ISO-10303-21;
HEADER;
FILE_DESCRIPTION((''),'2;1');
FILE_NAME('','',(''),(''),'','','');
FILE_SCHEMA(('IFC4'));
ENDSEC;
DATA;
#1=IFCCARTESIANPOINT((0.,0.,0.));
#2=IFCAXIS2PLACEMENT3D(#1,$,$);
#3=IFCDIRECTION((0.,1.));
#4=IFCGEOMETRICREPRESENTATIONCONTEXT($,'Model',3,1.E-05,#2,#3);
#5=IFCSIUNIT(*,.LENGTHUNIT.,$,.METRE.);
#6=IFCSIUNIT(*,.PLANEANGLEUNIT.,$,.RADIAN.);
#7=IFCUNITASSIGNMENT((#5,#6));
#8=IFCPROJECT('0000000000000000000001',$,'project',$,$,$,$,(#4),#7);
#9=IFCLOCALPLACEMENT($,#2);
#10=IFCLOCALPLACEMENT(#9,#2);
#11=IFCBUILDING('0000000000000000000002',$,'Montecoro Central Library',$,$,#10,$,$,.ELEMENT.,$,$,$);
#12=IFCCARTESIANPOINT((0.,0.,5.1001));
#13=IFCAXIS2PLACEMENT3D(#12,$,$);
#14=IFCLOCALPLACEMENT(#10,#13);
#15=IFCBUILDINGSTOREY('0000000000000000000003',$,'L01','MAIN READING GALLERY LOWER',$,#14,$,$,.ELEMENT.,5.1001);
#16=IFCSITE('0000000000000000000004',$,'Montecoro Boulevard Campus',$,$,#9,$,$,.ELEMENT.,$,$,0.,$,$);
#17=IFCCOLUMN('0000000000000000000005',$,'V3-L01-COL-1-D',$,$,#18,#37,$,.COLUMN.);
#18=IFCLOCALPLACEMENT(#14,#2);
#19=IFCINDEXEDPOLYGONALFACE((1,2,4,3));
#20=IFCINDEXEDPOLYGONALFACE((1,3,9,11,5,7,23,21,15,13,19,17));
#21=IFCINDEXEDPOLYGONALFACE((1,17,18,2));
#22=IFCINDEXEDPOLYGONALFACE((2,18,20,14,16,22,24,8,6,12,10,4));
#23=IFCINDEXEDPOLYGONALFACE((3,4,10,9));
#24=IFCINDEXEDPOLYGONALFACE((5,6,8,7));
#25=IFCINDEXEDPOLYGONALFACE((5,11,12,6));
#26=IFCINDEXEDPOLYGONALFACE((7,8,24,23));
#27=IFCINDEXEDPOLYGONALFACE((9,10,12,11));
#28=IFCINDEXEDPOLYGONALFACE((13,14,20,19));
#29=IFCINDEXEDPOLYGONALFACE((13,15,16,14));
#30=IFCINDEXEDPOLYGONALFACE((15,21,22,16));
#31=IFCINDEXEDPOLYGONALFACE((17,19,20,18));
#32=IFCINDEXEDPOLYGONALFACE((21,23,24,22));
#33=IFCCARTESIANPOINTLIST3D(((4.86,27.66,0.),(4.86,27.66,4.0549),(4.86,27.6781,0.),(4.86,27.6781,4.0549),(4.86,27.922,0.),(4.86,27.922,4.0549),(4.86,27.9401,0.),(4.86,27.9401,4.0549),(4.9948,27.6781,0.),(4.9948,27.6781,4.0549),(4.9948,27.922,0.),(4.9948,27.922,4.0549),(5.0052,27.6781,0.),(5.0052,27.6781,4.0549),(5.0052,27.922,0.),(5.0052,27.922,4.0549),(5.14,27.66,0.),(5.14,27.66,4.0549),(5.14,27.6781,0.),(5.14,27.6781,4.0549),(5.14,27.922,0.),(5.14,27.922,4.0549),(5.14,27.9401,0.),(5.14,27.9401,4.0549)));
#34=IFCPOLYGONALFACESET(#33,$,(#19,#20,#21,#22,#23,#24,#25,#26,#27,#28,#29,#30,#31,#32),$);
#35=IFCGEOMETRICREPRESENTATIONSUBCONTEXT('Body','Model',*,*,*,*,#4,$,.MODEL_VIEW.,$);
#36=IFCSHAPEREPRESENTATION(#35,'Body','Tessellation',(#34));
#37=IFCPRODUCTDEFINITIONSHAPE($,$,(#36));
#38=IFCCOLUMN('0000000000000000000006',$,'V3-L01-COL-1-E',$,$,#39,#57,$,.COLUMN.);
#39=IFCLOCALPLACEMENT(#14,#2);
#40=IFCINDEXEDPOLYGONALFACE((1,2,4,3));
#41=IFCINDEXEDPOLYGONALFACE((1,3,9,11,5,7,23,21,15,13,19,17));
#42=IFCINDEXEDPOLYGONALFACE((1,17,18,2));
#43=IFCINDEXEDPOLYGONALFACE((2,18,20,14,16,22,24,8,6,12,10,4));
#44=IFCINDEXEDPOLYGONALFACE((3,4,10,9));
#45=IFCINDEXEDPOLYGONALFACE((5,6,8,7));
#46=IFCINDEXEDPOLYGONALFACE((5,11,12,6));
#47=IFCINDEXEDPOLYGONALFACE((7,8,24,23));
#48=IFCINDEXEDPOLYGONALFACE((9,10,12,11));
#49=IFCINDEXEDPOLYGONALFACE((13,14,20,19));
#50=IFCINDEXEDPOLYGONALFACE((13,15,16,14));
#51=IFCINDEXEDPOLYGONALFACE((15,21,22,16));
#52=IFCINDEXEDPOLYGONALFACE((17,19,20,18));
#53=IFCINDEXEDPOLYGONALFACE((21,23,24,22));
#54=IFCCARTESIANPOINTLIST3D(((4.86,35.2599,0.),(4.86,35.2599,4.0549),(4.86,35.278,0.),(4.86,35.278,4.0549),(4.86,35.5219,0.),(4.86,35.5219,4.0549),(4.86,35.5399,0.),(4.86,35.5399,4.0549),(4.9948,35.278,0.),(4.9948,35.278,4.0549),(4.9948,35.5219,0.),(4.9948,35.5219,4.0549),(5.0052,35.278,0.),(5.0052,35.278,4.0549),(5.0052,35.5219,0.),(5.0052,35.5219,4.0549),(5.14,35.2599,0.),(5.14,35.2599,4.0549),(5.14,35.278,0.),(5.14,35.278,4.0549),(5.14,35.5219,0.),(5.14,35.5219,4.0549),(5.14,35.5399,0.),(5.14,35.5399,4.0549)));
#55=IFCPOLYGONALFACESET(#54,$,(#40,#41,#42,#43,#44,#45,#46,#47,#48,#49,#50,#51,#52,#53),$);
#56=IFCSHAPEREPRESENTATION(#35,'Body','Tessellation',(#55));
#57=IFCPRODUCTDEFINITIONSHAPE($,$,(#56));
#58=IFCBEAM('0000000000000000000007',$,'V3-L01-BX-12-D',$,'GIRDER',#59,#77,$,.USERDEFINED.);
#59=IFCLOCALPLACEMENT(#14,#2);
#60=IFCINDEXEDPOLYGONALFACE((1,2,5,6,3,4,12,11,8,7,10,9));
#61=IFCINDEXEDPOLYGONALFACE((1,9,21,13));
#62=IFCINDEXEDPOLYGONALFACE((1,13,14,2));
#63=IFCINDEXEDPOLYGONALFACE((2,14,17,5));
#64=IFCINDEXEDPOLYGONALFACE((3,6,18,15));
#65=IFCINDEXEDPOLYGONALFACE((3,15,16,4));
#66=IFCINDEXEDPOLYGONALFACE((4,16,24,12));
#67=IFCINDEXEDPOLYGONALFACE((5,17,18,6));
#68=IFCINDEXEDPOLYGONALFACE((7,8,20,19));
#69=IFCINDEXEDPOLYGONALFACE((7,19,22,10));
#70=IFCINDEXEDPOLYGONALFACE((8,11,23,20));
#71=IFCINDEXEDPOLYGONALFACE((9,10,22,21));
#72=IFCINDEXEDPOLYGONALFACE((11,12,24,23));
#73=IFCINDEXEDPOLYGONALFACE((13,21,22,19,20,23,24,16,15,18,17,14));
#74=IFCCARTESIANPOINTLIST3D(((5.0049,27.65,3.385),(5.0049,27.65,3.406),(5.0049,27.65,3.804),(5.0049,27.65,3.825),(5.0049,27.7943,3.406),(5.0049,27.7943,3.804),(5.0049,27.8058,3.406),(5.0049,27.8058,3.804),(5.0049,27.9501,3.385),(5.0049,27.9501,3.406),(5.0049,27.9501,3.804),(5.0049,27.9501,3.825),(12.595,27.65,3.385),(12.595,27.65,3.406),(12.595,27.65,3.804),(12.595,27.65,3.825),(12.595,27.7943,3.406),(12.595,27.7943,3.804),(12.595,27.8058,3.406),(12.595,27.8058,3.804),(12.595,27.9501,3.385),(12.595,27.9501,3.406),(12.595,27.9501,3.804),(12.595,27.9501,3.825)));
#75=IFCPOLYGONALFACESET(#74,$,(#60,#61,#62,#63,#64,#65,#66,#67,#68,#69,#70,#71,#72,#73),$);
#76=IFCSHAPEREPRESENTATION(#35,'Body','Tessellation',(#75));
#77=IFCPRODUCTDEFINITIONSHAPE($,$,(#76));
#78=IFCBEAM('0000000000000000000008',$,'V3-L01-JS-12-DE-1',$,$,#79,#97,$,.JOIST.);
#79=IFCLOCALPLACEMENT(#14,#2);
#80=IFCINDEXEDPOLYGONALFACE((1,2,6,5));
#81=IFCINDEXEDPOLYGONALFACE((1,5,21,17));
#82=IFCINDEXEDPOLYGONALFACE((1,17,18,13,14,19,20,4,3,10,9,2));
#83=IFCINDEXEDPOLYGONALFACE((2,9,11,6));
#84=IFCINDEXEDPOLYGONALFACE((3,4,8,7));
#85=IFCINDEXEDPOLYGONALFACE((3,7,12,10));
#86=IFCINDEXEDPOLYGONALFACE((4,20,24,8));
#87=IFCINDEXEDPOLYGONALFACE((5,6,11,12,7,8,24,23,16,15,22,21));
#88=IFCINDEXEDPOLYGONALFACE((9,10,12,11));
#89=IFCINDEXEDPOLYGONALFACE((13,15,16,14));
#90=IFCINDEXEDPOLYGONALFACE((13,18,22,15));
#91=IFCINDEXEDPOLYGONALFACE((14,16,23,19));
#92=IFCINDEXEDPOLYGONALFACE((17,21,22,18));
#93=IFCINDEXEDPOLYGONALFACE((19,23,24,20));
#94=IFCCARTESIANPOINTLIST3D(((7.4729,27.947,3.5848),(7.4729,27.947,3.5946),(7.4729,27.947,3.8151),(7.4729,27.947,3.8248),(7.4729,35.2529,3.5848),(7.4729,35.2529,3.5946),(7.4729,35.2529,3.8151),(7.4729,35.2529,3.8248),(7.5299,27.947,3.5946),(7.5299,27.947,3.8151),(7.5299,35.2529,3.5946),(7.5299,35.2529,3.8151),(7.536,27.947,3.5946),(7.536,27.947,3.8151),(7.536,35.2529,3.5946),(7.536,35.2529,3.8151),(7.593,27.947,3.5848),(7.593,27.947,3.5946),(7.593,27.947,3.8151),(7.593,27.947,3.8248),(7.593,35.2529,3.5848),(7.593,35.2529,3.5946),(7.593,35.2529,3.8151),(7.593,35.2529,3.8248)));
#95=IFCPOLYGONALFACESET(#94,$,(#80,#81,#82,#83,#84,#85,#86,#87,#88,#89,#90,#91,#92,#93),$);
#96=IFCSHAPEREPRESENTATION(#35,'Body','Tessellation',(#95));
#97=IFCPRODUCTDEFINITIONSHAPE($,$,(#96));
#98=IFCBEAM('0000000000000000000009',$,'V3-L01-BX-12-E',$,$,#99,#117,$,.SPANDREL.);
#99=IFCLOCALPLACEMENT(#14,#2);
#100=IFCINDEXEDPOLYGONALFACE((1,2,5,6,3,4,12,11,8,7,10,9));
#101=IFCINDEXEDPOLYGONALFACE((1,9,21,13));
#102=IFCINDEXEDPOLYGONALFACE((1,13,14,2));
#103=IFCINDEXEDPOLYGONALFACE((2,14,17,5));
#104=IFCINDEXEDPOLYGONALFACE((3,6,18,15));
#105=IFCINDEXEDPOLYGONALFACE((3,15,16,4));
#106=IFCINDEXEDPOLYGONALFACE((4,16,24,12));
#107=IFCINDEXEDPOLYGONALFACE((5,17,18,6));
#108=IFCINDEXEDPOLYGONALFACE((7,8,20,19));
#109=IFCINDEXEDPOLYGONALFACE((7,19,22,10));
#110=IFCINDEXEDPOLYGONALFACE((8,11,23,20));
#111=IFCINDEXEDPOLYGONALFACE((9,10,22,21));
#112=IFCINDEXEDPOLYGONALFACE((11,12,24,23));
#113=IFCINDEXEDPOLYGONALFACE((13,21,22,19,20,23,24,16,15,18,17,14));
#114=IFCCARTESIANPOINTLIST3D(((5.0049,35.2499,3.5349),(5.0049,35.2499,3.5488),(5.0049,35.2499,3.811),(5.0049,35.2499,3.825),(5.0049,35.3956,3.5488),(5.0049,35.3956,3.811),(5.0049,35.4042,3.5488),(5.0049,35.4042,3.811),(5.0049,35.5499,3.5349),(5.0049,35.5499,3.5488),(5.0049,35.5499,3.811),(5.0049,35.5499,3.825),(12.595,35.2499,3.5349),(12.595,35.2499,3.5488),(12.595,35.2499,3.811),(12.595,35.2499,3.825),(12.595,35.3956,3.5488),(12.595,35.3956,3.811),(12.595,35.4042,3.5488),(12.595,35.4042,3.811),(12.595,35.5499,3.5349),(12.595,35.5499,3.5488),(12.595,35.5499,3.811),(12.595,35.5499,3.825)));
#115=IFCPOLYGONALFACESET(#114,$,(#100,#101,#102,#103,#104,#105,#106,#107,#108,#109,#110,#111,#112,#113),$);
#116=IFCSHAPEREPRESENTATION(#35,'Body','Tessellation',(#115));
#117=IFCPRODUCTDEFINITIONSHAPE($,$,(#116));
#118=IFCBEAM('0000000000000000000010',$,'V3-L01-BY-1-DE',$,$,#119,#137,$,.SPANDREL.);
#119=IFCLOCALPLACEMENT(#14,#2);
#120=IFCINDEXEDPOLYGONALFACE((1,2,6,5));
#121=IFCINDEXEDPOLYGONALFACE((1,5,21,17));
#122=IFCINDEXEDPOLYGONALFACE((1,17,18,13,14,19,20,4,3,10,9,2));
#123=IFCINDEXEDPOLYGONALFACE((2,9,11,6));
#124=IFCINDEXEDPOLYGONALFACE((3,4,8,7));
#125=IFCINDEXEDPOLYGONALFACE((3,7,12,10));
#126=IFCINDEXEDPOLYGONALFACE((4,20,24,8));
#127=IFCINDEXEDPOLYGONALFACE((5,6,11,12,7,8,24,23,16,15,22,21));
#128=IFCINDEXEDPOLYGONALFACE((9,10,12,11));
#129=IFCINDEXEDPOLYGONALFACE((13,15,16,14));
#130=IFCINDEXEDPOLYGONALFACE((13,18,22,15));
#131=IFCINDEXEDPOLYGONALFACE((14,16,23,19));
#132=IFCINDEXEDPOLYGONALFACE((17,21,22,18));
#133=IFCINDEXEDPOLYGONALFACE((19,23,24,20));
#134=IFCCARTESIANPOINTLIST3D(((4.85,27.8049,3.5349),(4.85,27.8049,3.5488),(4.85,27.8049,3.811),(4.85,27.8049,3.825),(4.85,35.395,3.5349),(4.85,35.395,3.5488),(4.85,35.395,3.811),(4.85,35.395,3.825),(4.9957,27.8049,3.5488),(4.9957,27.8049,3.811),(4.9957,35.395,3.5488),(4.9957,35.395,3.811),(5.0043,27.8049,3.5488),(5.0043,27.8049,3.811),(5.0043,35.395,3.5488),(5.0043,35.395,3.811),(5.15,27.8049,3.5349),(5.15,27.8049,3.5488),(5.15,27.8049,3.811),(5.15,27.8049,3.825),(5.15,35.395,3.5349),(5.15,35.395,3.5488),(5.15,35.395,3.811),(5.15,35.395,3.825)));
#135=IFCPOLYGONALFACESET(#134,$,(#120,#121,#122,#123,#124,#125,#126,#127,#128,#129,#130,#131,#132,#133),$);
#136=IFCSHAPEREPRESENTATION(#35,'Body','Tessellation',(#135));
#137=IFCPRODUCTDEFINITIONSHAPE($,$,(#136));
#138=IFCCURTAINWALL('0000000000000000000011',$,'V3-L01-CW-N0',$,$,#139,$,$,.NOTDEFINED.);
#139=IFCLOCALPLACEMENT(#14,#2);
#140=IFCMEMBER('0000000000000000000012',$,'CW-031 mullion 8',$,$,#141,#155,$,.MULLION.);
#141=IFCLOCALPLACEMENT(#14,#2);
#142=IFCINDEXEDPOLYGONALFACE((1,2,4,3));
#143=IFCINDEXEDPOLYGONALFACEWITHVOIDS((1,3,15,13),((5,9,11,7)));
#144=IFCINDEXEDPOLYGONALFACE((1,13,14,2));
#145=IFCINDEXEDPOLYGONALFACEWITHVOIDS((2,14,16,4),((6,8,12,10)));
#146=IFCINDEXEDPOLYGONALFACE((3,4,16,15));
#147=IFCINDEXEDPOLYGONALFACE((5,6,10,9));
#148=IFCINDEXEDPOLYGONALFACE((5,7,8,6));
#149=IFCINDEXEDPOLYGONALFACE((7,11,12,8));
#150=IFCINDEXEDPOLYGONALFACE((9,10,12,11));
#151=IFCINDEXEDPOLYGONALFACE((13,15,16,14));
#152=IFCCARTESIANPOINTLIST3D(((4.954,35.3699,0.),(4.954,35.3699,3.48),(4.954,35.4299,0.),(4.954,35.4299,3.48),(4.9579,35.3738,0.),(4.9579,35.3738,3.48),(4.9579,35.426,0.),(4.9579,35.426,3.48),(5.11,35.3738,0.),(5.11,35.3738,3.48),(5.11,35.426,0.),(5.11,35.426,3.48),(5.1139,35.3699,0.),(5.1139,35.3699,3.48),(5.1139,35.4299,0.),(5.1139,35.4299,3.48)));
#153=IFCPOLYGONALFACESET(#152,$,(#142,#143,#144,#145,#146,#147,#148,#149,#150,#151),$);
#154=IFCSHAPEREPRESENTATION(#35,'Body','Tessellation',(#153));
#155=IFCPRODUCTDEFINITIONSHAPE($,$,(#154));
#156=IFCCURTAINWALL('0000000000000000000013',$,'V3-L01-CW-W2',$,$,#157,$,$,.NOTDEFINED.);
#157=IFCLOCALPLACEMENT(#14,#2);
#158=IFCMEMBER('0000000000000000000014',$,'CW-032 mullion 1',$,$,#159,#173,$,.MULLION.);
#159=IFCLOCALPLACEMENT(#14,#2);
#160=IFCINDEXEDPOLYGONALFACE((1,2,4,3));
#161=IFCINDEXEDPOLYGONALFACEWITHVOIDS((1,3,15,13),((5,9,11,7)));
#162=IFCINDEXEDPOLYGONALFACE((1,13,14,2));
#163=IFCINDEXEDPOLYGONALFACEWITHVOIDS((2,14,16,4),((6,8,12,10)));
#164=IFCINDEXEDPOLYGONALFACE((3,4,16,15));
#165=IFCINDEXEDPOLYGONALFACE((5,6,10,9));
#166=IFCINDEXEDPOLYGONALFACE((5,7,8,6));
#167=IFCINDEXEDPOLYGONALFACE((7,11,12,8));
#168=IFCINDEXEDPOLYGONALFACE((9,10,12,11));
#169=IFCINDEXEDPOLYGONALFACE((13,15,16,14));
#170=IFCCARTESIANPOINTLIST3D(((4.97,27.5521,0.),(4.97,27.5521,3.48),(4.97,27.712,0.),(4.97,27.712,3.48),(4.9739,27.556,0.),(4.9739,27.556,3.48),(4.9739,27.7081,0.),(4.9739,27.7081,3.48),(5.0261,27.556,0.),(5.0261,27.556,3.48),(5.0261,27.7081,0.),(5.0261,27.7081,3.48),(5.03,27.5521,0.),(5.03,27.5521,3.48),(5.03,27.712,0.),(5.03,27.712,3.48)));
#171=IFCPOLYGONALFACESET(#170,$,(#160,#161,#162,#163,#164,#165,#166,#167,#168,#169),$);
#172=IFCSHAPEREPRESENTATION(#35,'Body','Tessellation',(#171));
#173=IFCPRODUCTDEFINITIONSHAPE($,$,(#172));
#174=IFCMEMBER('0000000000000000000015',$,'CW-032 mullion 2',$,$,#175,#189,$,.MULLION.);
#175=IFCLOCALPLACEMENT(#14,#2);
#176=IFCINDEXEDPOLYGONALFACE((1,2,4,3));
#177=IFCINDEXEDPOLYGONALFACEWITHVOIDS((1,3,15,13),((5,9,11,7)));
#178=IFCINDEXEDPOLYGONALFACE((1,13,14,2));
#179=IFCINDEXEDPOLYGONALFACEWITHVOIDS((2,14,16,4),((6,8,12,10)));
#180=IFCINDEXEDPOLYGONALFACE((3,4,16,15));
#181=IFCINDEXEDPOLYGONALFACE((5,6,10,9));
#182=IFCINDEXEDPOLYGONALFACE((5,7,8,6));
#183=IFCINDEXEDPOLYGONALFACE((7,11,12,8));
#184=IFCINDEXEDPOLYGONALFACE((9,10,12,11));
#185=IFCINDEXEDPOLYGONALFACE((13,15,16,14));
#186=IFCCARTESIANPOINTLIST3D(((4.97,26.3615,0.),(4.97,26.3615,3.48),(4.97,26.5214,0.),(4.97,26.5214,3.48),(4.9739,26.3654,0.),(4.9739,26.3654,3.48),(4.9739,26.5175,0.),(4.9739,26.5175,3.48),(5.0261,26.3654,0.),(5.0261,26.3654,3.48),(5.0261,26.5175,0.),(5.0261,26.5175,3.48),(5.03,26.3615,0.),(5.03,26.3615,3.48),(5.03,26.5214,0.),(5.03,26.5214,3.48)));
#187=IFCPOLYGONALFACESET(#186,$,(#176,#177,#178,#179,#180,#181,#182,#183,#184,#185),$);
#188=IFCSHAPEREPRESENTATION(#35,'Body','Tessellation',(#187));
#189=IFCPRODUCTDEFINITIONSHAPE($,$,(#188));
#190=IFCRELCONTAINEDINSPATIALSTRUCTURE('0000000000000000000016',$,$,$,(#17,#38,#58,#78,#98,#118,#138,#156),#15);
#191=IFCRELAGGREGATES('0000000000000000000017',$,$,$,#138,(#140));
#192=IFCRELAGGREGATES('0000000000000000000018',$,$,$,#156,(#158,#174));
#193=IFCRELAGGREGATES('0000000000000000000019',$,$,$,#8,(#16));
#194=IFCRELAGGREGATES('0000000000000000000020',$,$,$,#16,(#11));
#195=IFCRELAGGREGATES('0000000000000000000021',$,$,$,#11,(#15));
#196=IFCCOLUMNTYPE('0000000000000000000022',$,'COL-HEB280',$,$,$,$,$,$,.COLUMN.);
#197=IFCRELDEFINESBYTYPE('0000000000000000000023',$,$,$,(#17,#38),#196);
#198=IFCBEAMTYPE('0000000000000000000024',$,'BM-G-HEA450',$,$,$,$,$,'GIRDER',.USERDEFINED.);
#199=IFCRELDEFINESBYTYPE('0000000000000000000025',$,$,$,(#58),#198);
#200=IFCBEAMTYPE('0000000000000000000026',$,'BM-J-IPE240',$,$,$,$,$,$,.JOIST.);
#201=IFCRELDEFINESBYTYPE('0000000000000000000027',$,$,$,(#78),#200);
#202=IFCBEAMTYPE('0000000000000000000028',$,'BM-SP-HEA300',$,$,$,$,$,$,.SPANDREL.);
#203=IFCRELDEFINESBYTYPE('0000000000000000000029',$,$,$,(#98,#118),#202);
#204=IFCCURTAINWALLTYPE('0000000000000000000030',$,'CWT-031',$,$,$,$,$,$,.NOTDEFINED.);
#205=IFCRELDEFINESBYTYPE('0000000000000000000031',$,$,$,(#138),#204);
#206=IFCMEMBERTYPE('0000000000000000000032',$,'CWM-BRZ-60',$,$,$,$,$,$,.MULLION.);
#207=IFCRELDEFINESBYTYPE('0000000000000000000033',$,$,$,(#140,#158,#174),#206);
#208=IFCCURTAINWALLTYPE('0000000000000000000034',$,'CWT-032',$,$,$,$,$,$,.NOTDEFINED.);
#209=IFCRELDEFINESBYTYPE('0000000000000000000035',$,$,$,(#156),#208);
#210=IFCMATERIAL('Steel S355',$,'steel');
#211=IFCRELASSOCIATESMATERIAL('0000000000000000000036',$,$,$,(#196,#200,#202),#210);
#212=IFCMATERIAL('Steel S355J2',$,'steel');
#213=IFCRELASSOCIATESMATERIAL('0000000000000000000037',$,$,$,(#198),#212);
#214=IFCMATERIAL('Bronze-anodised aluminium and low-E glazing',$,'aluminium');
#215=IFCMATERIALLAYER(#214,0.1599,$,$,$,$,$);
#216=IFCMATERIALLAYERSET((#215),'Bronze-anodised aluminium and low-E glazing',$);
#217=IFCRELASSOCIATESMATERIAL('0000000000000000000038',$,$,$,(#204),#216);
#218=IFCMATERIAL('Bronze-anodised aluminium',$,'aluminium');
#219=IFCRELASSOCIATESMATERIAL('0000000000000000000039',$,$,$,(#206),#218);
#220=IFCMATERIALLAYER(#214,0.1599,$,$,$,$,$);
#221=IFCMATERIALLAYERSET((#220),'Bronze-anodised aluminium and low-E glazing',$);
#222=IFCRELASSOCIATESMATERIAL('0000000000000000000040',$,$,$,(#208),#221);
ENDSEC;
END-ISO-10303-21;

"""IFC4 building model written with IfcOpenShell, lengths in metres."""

from ifc_helpers import new_model, si_unit, direction, frame, origin, origin_2d, place, context, subcontext, project, spatial, hollow_rectangle, i_section, extrude, material, layer, layer_set, material_profile, profile_set, type_object, element, aggregate, save


model = new_model("IFC4")

# Units and contexts
model_context = context("Model", 3, precision=1e-05, world=origin(), true_north=direction((0.0, 1.0)))
body_context = subcontext(model_context, "Body", "Model", "MODEL_VIEW")
ifc_project = project(units=[si_unit("LENGTHUNIT", "METRE"), si_unit("PLANEANGLEUNIT", "RADIAN")], contexts=[model_context])

# Site, building, storey
site_placement = place(None, origin())
site = spatial("IfcSite", under=ifc_project, at=site_placement, Name="Montecoro Boulevard Campus", CompositionType="ELEMENT", RefElevation=0.0)
building_placement = place(site_placement, origin())
building = spatial("IfcBuilding", under=site, at=building_placement, Name="Montecoro Central Library", CompositionType="ELEMENT")
storey_placement = place(building_placement, frame((0.0, 0.0, 5.1001)))
storey = spatial("IfcBuildingStorey", under=building, at=storey_placement, Name="L01", Description="MAIN READING GALLERY LOWER", CompositionType="ELEMENT", Elevation=5.1001)

# Columns
ifc_material_1 = material(Name="Steel S355", Category="steel")
ifc_material_profile_1 = material_profile(ifc_material_1, i_section(OverallWidth=0.28, OverallDepth=0.28, WebThickness=0.0105, FlangeThickness=0.0181, at=origin_2d()), Name="HEB 280")
ifc_profile_set_1 = profile_set([ifc_material_profile_1], Name="Steel S355")
column_type = type_object("IfcColumnType", Name="COL-HEB280", PredefinedType="COLUMN", material=ifc_profile_set_1)
for number, where, z_axis, x_axis, name in (
    (1, (5.0, 27.8, 0.0), (0.0, 0.0, 1.0), (1.0, 0.0, 0.0), "V3-L01-COL-1-D"),
    (2, (5.0, 35.3999, 0.0), (0.0, 0.0, 1.0), (1.0, 0.0, 0.0), "V3-L01-COL-1-E"),
):
    element("IfcColumn", number, at=place(storey_placement, frame(where, z_axis=z_axis, x_axis=x_axis)), inside=storey, type_object=column_type, Name=name, PredefinedType="COLUMN", context=body_context, shape_type="SweptSolid", body=[
        extrude(i_section(OverallWidth=0.28, OverallDepth=0.28, WebThickness=0.0105, FlangeThickness=0.0181, at=origin_2d()), origin(), (0.0, 0.0, 1.0), 4.0549),
    ])

# Beams
ifc_material_2 = material(Name="Steel S355J2", Category="steel")
ifc_material_profile_2 = material_profile(ifc_material_2, i_section(OverallWidth=0.3, OverallDepth=0.4399, WebThickness=0.0115, FlangeThickness=0.021, at=origin_2d()), Name="HEA 450")
ifc_profile_set_2 = profile_set([ifc_material_profile_2], Name="Steel S355J2")
beam_type_1 = type_object("IfcBeamType", Name="BM-G-HEA450", ElementType="GIRDER", PredefinedType="USERDEFINED", material=ifc_profile_set_2)
beam_1_placement = place(storey_placement, frame((5.0049, 27.8, 3.605), z_axis=(1.0, 0.0, 0.0), x_axis=(0.0, 1.0, 0.0)))
element("IfcBeam", 3, at=beam_1_placement, inside=storey, type_object=beam_type_1, Name="V3-L01-BX-12-D", ObjectType="GIRDER", PredefinedType="USERDEFINED", context=body_context, shape_type="SweptSolid", body=[
    extrude(i_section(OverallWidth=0.3, OverallDepth=0.4399, WebThickness=0.0115, FlangeThickness=0.021, at=origin_2d()), origin(), (0.0, 0.0, 1.0), 7.5901),
])
ifc_material_profile_3 = material_profile(ifc_material_1, i_section(OverallWidth=0.1201, OverallDepth=0.24, WebThickness=0.0061, FlangeThickness=0.0098, at=origin_2d()), Name="IPE 240")
ifc_profile_set_3 = profile_set([ifc_material_profile_3], Name="Steel S355")
beam_type_2 = type_object("IfcBeamType", Name="BM-J-IPE240", PredefinedType="JOIST", material=ifc_profile_set_3)
beam_2_placement = place(storey_placement, frame((7.533, 27.947, 3.7048), z_axis=(0.0, 1.0, 0.0), x_axis=(-1.0, 0.0, 0.0)))
element("IfcBeam", 4, at=beam_2_placement, inside=storey, type_object=beam_type_2, Name="V3-L01-JS-12-DE-1", PredefinedType="JOIST", context=body_context, shape_type="SweptSolid", body=[
    extrude(i_section(OverallWidth=0.1201, OverallDepth=0.24, WebThickness=0.0061, FlangeThickness=0.0098, at=origin_2d()), origin(), (0.0, 0.0, 1.0), 7.3059),
])
ifc_material_profile_4 = material_profile(ifc_material_1, i_section(OverallWidth=0.3, OverallDepth=0.29, WebThickness=0.0085, FlangeThickness=0.0139, at=origin_2d()), Name="HEA 300")
ifc_profile_set_4 = profile_set([ifc_material_profile_4], Name="Steel S355")
beam_type_3 = type_object("IfcBeamType", Name="BM-SP-HEA300", PredefinedType="SPANDREL", material=ifc_profile_set_4)
for number, where, z_axis, x_axis, name in (
    (5, (5.0049, 35.3999, 3.6799), (1.0, 0.0, 0.0), (0.0, 1.0, 0.0), "V3-L01-BX-12-E"),
    (6, (5.0, 27.8049, 3.6799), (0.0, 1.0, 0.0), (-1.0, 0.0, 0.0), "V3-L01-BY-1-DE"),
):
    element("IfcBeam", number, at=place(storey_placement, frame(where, z_axis=z_axis, x_axis=x_axis)), inside=storey, type_object=beam_type_3, Name=name, PredefinedType="SPANDREL", context=body_context, shape_type="SweptSolid", body=[
        extrude(i_section(OverallWidth=0.3, OverallDepth=0.29, WebThickness=0.0085, FlangeThickness=0.0139, at=origin_2d()), origin(), (0.0, 0.0, 1.0), 7.5901),
    ])

# Curtain wall, member
ifc_material_3 = material(Name="Bronze-anodised aluminium and low-E glazing", Category="aluminium")
ifc_layer_1 = layer(ifc_material_3, 0.1599)
ifc_layer_set_1 = layer_set([ifc_layer_1], Name="Bronze-anodised aluminium and low-E glazing")
curtain_wall_type_1 = type_object("IfcCurtainWallType", Name="CWT-031", PredefinedType="NOTDEFINED", material=ifc_layer_set_1)
curtain_wall_1_placement = place(storey_placement, origin())
curtain_wall_1 = element("IfcCurtainWall", 7, at=curtain_wall_1_placement, inside=storey, type_object=curtain_wall_type_1, Name="V3-L01-CW-N0", PredefinedType="NOTDEFINED")
ifc_material_4 = material(Name="Bronze-anodised aluminium", Category="aluminium")
ifc_material_profile_5 = material_profile(ifc_material_4, hollow_rectangle(XDim=0.0601, YDim=0.1599, WallThickness=0.0039, at=origin_2d()), Name="CWM 160x60x4.0")
ifc_profile_set_5 = profile_set([ifc_material_profile_5], Name="Bronze-anodised aluminium")
member_type_1 = type_object("IfcMemberType", Name="CWM-BRZ-60", PredefinedType="MULLION", material=ifc_profile_set_5)
member_1_placement = place(storey_placement, frame((5.0339, 35.3999, 0.0), z_axis=(0.0, 0.0, 1.0), x_axis=(0.0, -1.0, 0.0)))
member_1 = element("IfcMember", 8, at=member_1_placement, type_object=member_type_1, Name="CW-031 mullion 8", PredefinedType="MULLION", context=body_context, shape_type="SweptSolid", body=[
    extrude(hollow_rectangle(XDim=0.0601, YDim=0.1599, WallThickness=0.0039, at=origin_2d()), origin(), (0.0, 0.0, 1.0), 3.48),
])

# Curtain wall, members
ifc_layer_2 = layer(ifc_material_3, 0.1599)
ifc_layer_set_2 = layer_set([ifc_layer_2], Name="Bronze-anodised aluminium and low-E glazing")
curtain_wall_type_2 = type_object("IfcCurtainWallType", Name="CWT-032", PredefinedType="NOTDEFINED", material=ifc_layer_set_2)
curtain_wall_2_placement = place(storey_placement, origin())
curtain_wall_2 = element("IfcCurtainWall", 9, at=curtain_wall_2_placement, inside=storey, type_object=curtain_wall_type_2, Name="V3-L01-CW-W2", PredefinedType="NOTDEFINED")
member_2_placement = place(storey_placement, frame((5.0, 27.6321, 0.0), z_axis=(0.0, 0.0, 1.0), x_axis=(1.0, 0.0, 0.0)))
member_2 = element("IfcMember", 10, at=member_2_placement, type_object=member_type_1, Name="CW-032 mullion 1", PredefinedType="MULLION", context=body_context, shape_type="SweptSolid", body=[
    extrude(hollow_rectangle(XDim=0.0601, YDim=0.1599, WallThickness=0.0039, at=origin_2d()), origin(), (0.0, 0.0, 1.0), 3.48),
])
member_3_placement = place(storey_placement, frame((5.0, 26.4414, 0.0), z_axis=(0.0, 0.0, 1.0), x_axis=(1.0, 0.0, 0.0)))
member_3 = element("IfcMember", 11, at=member_3_placement, type_object=member_type_1, Name="CW-032 mullion 2", PredefinedType="MULLION", context=body_context, shape_type="SweptSolid", body=[
    extrude(hollow_rectangle(XDim=0.0601, YDim=0.1599, WallThickness=0.0039, at=origin_2d()), origin(), (0.0, 0.0, 1.0), 3.48),
])

aggregate(curtain_wall_1, [member_1])
aggregate(curtain_wall_2, [member_2, member_3])

save(model, "model.ifc")
